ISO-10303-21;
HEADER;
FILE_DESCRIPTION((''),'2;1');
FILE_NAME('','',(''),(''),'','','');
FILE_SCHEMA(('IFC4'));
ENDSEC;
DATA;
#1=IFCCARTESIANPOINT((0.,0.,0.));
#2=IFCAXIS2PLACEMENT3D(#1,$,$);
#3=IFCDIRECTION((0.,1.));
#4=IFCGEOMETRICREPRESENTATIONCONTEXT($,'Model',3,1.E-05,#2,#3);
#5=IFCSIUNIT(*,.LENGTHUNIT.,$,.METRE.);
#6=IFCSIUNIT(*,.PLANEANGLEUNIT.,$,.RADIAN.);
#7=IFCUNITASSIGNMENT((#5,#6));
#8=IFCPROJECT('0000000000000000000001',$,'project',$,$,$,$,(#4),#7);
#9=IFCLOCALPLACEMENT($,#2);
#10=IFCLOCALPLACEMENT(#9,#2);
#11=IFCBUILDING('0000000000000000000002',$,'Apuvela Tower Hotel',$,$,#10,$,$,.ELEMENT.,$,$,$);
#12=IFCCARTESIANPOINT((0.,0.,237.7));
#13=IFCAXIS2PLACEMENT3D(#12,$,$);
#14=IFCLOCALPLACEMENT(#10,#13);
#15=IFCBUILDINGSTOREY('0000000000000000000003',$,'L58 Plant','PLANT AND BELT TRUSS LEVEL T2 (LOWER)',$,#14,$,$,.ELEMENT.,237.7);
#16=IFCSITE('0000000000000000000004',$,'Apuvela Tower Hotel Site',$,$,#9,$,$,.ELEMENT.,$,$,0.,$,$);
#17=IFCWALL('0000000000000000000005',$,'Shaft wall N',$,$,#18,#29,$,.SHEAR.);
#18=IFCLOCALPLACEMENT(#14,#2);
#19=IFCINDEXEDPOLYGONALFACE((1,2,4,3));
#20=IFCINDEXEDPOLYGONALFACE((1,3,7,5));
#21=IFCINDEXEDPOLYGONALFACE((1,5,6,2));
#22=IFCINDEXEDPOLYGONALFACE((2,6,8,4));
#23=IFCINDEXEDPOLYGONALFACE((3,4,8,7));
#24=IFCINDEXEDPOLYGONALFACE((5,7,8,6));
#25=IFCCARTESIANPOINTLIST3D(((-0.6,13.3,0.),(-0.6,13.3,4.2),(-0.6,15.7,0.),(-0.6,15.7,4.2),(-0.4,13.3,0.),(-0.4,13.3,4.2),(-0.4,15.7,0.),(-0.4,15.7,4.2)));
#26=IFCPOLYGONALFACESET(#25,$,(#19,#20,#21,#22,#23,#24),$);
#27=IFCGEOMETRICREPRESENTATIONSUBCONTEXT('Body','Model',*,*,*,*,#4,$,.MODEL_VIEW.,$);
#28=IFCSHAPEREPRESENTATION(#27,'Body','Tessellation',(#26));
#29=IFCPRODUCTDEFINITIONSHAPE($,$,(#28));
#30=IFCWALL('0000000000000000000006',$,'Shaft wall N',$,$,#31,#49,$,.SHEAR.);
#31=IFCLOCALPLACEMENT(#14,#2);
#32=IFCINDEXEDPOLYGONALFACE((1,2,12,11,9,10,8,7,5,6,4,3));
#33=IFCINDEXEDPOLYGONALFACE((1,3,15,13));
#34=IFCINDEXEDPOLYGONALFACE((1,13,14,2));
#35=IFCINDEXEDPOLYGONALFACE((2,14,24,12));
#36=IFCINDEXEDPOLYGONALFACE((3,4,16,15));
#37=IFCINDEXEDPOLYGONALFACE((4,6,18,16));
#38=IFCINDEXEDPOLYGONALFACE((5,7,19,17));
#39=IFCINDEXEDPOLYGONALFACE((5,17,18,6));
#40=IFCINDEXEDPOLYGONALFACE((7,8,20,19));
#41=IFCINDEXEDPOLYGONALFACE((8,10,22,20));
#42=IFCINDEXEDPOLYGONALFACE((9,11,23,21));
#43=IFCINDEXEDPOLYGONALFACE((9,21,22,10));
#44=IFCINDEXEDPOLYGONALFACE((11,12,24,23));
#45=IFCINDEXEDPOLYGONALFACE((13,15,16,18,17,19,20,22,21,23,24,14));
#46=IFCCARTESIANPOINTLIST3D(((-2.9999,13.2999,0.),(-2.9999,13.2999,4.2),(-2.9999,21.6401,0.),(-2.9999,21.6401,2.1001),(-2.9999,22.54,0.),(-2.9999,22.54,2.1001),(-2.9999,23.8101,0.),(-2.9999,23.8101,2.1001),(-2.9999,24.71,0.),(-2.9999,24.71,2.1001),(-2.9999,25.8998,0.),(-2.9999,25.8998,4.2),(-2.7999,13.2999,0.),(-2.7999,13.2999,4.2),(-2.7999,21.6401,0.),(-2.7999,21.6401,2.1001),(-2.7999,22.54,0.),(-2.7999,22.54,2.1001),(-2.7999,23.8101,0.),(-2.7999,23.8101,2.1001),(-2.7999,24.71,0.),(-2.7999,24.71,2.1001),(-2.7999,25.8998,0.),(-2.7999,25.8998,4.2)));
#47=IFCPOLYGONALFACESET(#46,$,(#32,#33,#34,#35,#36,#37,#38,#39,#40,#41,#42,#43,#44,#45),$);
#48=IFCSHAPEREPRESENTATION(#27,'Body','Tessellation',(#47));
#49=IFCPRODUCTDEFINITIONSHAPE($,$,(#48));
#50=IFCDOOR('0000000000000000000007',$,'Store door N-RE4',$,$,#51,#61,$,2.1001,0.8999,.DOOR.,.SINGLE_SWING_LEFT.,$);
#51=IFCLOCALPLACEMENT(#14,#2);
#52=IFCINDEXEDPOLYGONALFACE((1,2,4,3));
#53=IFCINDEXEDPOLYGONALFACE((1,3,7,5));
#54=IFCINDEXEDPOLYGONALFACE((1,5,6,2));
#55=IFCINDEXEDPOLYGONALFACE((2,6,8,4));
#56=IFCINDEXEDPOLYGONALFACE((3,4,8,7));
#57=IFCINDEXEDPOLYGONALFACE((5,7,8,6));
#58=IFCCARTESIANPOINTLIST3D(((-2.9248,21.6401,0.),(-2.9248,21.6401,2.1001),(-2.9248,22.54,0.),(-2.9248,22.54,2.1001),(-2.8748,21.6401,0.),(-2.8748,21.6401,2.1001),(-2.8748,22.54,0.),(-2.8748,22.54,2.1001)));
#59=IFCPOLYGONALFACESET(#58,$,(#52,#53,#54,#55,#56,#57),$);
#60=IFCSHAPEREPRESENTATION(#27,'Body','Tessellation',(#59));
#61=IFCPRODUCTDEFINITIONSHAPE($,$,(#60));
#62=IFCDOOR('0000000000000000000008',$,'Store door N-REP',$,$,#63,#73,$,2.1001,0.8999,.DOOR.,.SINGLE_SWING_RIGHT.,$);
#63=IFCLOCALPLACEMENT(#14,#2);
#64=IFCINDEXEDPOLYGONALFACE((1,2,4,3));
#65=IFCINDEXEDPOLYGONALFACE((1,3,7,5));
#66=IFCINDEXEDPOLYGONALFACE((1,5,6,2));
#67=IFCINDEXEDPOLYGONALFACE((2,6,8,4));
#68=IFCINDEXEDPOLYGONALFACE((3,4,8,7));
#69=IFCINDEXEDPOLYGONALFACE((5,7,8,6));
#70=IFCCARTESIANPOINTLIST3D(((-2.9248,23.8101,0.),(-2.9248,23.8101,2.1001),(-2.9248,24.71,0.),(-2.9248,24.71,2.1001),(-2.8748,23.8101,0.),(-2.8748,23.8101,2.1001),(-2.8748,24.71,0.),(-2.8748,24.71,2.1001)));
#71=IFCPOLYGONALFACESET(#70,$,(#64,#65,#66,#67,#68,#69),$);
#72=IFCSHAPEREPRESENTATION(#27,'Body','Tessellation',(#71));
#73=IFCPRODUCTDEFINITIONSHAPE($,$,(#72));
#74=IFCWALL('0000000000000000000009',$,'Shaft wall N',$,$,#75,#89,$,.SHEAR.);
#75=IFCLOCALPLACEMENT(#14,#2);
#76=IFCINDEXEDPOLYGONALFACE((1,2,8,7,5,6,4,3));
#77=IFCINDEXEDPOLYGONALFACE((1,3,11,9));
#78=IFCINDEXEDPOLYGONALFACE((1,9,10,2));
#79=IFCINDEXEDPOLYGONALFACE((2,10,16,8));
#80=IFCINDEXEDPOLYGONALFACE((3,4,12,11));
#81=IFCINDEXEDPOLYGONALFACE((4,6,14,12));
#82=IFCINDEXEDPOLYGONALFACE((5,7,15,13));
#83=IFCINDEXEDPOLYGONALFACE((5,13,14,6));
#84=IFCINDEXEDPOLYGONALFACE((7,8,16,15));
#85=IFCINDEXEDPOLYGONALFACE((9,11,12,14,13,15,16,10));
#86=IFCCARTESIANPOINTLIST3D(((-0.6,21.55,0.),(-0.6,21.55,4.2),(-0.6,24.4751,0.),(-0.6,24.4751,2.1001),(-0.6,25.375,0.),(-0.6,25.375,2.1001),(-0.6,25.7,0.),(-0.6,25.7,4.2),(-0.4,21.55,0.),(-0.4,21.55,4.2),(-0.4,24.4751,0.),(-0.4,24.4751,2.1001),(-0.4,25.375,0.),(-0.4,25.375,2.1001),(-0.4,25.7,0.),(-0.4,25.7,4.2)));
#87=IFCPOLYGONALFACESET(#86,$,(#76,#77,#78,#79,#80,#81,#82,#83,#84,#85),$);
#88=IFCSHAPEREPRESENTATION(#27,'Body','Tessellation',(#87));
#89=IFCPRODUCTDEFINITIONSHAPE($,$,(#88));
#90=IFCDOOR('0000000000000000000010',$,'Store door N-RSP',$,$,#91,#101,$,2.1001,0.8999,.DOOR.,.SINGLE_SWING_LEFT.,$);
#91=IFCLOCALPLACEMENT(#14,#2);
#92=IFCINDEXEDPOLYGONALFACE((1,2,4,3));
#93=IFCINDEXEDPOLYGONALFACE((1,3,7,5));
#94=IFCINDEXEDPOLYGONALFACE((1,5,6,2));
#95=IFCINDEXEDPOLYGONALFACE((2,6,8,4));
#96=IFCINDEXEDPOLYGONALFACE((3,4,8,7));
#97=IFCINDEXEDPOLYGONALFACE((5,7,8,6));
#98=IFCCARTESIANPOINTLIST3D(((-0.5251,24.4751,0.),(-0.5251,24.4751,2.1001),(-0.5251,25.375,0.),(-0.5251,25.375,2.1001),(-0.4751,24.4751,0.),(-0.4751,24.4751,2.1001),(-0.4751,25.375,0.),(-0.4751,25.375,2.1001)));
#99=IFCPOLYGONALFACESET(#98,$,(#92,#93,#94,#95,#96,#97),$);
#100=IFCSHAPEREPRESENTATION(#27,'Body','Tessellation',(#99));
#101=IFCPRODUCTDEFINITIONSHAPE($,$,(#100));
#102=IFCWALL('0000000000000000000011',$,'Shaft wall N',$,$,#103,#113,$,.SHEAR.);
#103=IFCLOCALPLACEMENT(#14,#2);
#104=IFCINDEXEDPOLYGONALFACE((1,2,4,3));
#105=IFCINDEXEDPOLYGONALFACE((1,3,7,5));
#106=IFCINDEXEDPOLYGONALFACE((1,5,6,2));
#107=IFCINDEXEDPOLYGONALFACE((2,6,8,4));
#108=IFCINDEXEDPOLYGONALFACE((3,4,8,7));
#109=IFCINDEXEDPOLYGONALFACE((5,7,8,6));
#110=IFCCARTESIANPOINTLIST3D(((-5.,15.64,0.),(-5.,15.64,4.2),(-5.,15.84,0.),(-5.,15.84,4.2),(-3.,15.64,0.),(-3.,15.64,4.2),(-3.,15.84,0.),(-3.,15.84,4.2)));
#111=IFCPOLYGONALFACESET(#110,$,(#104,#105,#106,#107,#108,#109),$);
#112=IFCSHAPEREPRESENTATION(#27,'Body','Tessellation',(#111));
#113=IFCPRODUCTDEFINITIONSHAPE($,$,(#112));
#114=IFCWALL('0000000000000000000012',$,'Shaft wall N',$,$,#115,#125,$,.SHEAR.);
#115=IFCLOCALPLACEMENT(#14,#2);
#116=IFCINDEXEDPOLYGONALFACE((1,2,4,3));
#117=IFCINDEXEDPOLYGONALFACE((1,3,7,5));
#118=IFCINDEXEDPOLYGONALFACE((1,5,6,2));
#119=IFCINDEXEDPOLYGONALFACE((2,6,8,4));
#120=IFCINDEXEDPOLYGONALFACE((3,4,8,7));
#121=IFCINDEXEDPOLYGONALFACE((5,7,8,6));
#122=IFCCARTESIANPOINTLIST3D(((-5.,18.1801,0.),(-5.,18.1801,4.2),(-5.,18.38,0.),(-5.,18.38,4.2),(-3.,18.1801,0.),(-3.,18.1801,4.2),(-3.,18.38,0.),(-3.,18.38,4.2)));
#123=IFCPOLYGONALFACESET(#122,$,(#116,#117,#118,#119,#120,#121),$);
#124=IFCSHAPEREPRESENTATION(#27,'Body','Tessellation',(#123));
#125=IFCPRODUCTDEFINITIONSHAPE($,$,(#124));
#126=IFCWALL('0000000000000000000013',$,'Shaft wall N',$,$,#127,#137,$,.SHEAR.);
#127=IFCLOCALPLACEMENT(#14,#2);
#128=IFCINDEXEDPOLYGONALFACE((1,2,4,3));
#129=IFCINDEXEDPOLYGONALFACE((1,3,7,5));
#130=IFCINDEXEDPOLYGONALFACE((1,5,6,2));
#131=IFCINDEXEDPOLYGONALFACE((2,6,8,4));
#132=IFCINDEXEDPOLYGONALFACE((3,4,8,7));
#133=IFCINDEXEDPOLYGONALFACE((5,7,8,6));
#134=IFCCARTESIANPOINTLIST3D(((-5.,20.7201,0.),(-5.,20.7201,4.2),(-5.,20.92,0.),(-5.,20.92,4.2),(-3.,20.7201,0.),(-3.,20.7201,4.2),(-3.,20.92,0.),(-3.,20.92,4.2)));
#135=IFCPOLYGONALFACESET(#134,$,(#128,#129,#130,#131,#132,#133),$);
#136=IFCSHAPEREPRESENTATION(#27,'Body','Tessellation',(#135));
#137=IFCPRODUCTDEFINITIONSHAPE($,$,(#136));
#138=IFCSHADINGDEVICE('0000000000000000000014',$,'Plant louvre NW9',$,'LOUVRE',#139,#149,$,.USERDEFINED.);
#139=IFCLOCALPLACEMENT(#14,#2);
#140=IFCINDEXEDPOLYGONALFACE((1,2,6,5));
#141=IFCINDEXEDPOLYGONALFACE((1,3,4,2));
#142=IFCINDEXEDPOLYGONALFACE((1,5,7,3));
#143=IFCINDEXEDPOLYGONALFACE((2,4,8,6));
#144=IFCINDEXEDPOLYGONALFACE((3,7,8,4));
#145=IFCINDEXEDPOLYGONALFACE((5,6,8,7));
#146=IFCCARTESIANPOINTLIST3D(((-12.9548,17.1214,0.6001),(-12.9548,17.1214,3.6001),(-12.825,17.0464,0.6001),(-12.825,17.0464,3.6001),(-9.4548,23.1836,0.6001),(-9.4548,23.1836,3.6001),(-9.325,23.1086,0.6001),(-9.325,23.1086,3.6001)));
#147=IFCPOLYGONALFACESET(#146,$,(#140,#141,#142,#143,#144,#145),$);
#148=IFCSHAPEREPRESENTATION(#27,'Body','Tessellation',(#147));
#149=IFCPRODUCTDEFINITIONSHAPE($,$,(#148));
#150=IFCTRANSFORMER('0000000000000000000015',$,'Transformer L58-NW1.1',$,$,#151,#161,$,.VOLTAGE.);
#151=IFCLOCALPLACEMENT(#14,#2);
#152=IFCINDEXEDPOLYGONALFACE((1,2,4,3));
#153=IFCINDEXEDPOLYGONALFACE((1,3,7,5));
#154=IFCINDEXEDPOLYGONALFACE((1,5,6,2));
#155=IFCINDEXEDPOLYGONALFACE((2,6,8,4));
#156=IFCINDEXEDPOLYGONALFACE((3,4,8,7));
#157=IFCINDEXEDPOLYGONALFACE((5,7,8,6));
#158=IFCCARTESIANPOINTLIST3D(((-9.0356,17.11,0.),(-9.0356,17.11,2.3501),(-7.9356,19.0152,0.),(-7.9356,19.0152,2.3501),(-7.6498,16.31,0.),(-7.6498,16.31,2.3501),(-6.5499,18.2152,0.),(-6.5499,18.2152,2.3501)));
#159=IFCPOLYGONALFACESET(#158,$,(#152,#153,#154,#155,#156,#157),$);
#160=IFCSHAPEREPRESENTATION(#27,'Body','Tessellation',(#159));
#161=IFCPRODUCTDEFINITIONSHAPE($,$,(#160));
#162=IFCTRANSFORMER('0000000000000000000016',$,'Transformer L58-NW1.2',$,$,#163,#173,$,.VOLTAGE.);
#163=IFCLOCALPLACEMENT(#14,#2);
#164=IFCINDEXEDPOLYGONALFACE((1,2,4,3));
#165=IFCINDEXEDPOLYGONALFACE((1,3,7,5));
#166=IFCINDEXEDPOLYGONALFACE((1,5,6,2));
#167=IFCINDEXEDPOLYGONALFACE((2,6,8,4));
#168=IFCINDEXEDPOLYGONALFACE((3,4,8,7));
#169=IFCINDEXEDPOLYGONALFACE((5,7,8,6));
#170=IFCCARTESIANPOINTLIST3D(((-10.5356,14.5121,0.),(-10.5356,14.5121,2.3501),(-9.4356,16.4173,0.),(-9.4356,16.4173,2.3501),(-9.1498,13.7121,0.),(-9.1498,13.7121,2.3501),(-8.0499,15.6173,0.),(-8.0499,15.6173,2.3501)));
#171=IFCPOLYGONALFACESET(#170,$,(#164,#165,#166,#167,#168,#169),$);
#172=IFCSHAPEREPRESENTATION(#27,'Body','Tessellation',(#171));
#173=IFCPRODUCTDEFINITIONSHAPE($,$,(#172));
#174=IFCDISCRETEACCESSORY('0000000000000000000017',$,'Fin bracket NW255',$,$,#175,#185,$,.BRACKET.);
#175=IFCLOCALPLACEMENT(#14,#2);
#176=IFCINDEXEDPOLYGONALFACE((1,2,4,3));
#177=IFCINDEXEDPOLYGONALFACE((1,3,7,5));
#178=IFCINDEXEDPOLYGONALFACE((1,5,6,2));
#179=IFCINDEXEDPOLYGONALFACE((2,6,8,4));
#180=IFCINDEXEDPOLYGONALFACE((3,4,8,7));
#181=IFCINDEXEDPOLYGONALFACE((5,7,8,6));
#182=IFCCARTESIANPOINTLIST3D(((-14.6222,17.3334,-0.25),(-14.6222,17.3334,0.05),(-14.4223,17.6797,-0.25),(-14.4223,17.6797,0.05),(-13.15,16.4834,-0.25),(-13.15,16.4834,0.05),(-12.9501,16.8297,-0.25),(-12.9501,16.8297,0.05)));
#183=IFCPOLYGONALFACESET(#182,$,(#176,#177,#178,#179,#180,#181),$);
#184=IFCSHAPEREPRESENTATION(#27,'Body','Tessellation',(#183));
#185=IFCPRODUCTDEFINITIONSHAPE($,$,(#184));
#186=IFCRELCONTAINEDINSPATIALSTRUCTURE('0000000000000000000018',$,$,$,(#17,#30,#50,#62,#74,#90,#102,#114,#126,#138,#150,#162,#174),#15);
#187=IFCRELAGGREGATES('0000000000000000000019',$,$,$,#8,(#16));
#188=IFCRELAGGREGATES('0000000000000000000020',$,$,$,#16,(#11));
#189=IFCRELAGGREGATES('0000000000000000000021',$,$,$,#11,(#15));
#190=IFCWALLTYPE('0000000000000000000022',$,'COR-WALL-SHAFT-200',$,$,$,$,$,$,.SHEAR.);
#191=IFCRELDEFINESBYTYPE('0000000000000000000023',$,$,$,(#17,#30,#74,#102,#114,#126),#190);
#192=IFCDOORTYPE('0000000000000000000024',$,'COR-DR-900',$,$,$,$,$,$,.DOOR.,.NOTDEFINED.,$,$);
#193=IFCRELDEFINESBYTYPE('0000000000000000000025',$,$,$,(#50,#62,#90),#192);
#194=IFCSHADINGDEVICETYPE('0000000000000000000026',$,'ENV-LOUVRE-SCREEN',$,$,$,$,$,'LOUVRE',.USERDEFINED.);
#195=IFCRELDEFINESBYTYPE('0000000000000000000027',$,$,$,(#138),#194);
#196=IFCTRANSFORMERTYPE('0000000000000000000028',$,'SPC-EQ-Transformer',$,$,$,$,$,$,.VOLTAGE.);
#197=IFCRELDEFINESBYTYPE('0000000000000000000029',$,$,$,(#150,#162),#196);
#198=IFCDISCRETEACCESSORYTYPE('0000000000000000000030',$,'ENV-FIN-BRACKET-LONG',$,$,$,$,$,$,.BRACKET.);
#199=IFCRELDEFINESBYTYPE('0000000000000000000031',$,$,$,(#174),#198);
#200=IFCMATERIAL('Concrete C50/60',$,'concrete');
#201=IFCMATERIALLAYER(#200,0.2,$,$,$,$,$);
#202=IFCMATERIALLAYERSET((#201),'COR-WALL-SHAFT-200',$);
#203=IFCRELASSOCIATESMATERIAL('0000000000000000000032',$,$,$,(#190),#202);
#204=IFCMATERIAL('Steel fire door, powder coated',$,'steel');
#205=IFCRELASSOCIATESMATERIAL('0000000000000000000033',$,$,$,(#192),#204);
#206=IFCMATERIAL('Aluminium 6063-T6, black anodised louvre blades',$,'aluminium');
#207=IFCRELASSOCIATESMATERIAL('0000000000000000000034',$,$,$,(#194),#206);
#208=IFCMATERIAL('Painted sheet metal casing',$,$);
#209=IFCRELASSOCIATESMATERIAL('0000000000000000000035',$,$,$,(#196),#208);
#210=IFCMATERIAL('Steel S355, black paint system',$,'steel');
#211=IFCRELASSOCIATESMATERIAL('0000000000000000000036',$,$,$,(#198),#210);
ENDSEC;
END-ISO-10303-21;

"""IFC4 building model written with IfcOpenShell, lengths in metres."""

from ifc_helpers import new_model, si_unit, direction, frame, frame_2d, origin, origin_2d, place, context, subcontext, project, spatial, rectangle, extrude, material, layer, layer_set, type_object, element, fill, save


model = new_model("IFC4")

# Units and contexts
model_context = context("Model", 3, precision=1e-05, world=origin(), true_north=direction((0.0, 1.0)))
body_context = subcontext(model_context, "Body", "Model", "MODEL_VIEW")
ifc_project = project(units=[si_unit("LENGTHUNIT", "METRE"), si_unit("PLANEANGLEUNIT", "RADIAN")], contexts=[model_context])

# Site, building, storey
site_placement = place(None, origin())
site = spatial("IfcSite", under=ifc_project, at=site_placement, Name="Apuvela Tower Hotel Site", CompositionType="ELEMENT", RefElevation=0.0)
building_placement = place(site_placement, origin())
building = spatial("IfcBuilding", under=site, at=building_placement, Name="Apuvela Tower Hotel", CompositionType="ELEMENT")
storey_placement = place(building_placement, frame((0.0, 0.0, 237.7)))
storey = spatial("IfcBuildingStorey", under=building, at=storey_placement, Name="L58 Plant", Description="PLANT AND BELT TRUSS LEVEL T2 (LOWER)", CompositionType="ELEMENT", Elevation=237.7)

# Wall
ifc_material_1 = material(Name="Concrete C50/60", Category="concrete")
ifc_layer_1 = layer(ifc_material_1, 0.2)
ifc_layer_set_1 = layer_set([ifc_layer_1], Name="COR-WALL-SHAFT-200")
wall_type = type_object("IfcWallType", Name="COR-WALL-SHAFT-200", PredefinedType="SHEAR", material=ifc_layer_set_1)
wall_1_placement = place(storey_placement, frame((-0.5, 13.3, 0.0), z_axis=(0.0, 0.0, 1.0), x_axis=(0.0, 1.0, 0.0)))
element("IfcWall", 1, at=wall_1_placement, inside=storey, type_object=wall_type, Name="Shaft wall N", PredefinedType="SHEAR", context=body_context, shape_type="SweptSolid", body=[
    extrude(rectangle(XDim=2.3999, YDim=0.2, at=frame_2d((1.2, 0.0))), origin(), (0.0, 0.0, 1.0), 4.2),
])

# Wall, openings, doors
wall_2_placement = place(storey_placement, frame((-2.8999, 13.3, 0.0), z_axis=(0.0, 0.0, 1.0), x_axis=(0.0, 1.0, 0.0)))
wall_2 = element("IfcWall", 2, at=wall_2_placement, inside=storey, type_object=wall_type, Name="Shaft wall N", PredefinedType="SHEAR", context=body_context, shape_type="SweptSolid", body=[
    extrude(rectangle(XDim=12.5999, YDim=0.2, at=frame_2d((6.2998, 0.0))), origin(), (0.0, 0.0, 1.0), 4.2),
])
opening_1_placement = place(wall_2_placement, frame((8.3401, 0.0, 0.0)))
opening_1 = element("IfcOpeningElement", 3, at=opening_1_placement, cuts=wall_2, PredefinedType="OPENING", context=body_context, shape_type="SweptSolid", body=[
    extrude(rectangle(XDim=0.8999, YDim=2.1001, at=frame_2d((0.45, 1.05))), frame((0.0, 0.1099, 0.0), z_axis=(0.0, -1.0, 0.0), x_axis=(1.0, 0.0, 0.0)), (0.0, 0.0, 1.0), 0.22),
])
opening_2_placement = place(wall_2_placement, frame((10.51, 0.0, 0.0)))
opening_2 = element("IfcOpeningElement", 4, at=opening_2_placement, cuts=wall_2, PredefinedType="OPENING", context=body_context, shape_type="SweptSolid", body=[
    extrude(rectangle(XDim=0.8999, YDim=2.1001, at=frame_2d((0.45, 1.05))), frame((0.0, 0.1099, 0.0), z_axis=(0.0, -1.0, 0.0), x_axis=(1.0, 0.0, 0.0)), (0.0, 0.0, 1.0), 0.22),
])
ifc_material_2 = material(Name="Steel fire door, powder coated", Category="steel")
door_type = type_object("IfcDoorType", Name="COR-DR-900", OperationType="NOTDEFINED", PredefinedType="DOOR", material=ifc_material_2)
door_1_placement = place(opening_1_placement, origin())
door_1 = element("IfcDoor", 5, at=door_1_placement, inside=storey, type_object=door_type, Name="Store door N-RE4", OperationType="SINGLE_SWING_LEFT", OverallHeight=2.1001, OverallWidth=0.8999, PredefinedType="DOOR", context=body_context, shape_type="SweptSolid", body=[
    extrude(rectangle(XDim=0.8999, YDim=2.1001, at=frame_2d((0.45, 1.05))), frame((0.0, 0.0249, 0.0), z_axis=(0.0, -1.0, 0.0), x_axis=(1.0, 0.0, 0.0)), (0.0, 0.0, 1.0), 0.05),
])
fill(opening_1, door_1)
door_2_placement = place(opening_2_placement, origin())
door_2 = element("IfcDoor", 6, at=door_2_placement, inside=storey, type_object=door_type, Name="Store door N-REP", OperationType="SINGLE_SWING_RIGHT", OverallHeight=2.1001, OverallWidth=0.8999, PredefinedType="DOOR", context=body_context, shape_type="SweptSolid", body=[
    extrude(rectangle(XDim=0.8999, YDim=2.1001, at=frame_2d((0.45, 1.05))), frame((0.0, 0.0249, 0.0), z_axis=(0.0, -1.0, 0.0), x_axis=(1.0, 0.0, 0.0)), (0.0, 0.0, 1.0), 0.05),
])
fill(opening_2, door_2)

# Wall, opening, door
wall_3_placement = place(storey_placement, frame((-0.5, 21.55, 0.0), z_axis=(0.0, 0.0, 1.0), x_axis=(0.0, 1.0, 0.0)))
wall_3 = element("IfcWall", 7, at=wall_3_placement, inside=storey, type_object=wall_type, Name="Shaft wall N", PredefinedType="SHEAR", context=body_context, shape_type="SweptSolid", body=[
    extrude(rectangle(XDim=4.1499, YDim=0.2, at=frame_2d((2.075, 0.0))), origin(), (0.0, 0.0, 1.0), 4.2),
])
opening_3_placement = place(wall_3_placement, frame((2.925, 0.0, 0.0)))
opening_3 = element("IfcOpeningElement", 8, at=opening_3_placement, cuts=wall_3, PredefinedType="OPENING", context=body_context, shape_type="SweptSolid", body=[
    extrude(rectangle(XDim=0.8999, YDim=2.1001, at=frame_2d((0.45, 1.05))), frame((0.0, 0.1099, 0.0), z_axis=(0.0, -1.0, 0.0), x_axis=(1.0, 0.0, 0.0)), (0.0, 0.0, 1.0), 0.22),
])
door_3_placement = place(opening_3_placement, frame((0.8999, 0.0, 0.0), z_axis=(0.0, 0.0, 1.0), x_axis=(-1.0, 0.0, 0.0)))
door_3 = element("IfcDoor", 9, at=door_3_placement, inside=storey, type_object=door_type, Name="Store door N-RSP", OperationType="SINGLE_SWING_LEFT", OverallHeight=2.1001, OverallWidth=0.8999, PredefinedType="DOOR", context=body_context, shape_type="SweptSolid", body=[
    extrude(rectangle(XDim=0.8999, YDim=2.1001, at=frame_2d((0.45, 1.05))), frame((0.0, 0.0249, 0.0), z_axis=(0.0, -1.0, 0.0), x_axis=(1.0, 0.0, 0.0)), (0.0, 0.0, 1.0), 0.05),
])
fill(opening_3, door_3)

# Walls
for number, where, z_axis, x_axis, name in (
    (10, (-3.0, 15.74, 0.0), (0.0, 0.0, 1.0), (-1.0, 0.0, 0.0), "Shaft wall N"),
    (11, (-3.0, 18.28, 0.0), (0.0, 0.0, 1.0), (-1.0, 0.0, 0.0), "Shaft wall N"),
    (12, (-3.0, 20.8201, 0.0), (0.0, 0.0, 1.0), (-1.0, 0.0, 0.0), "Shaft wall N"),
):
    element("IfcWall", number, at=place(storey_placement, frame(where, z_axis=z_axis, x_axis=x_axis)), inside=storey, type_object=wall_type, Name=name, PredefinedType="SHEAR", context=body_context, shape_type="SweptSolid", body=[
        extrude(rectangle(XDim=2.0, YDim=0.2, at=frame_2d((1.0, 0.0))), origin(), (0.0, 0.0, 1.0), 4.2),
    ])

# Shading device
ifc_material_3 = material(Name="Aluminium 6063-T6, black anodised louvre blades", Category="aluminium")
shading_device_type = type_object("IfcShadingDeviceType", Name="ENV-LOUVRE-SCREEN", ElementType="LOUVRE", PredefinedType="USERDEFINED", material=ifc_material_3)
shading_device_placement = place(storey_placement, frame((-11.1399, 20.115, 0.6001), z_axis=(0.0, 0.0, 1.0), x_axis=(-0.5, -0.866025, 0.0)))
element("IfcShadingDevice", 13, at=shading_device_placement, inside=storey, type_object=shading_device_type, Name="Plant louvre NW9", ObjectType="LOUVRE", PredefinedType="USERDEFINED", context=body_context, shape_type="SweptSolid", body=[
    extrude(rectangle(XDim=7.0, YDim=0.1499, at=origin_2d()), origin(), (0.0, 0.0, 1.0), 3.0),
])

# Transformers
ifc_material_4 = material(Name="Painted sheet metal casing")
transformer_type = type_object("IfcTransformerType", Name="SPC-EQ-Transformer", PredefinedType="VOLTAGE", material=ifc_material_4)
for number, where, z_axis, x_axis, name in (
    (14, (-7.7927, 17.6626, 0.0), (0.0, 0.0, 1.0), (-0.5, -0.866025, 0.0), "Transformer L58-NW1.1"),
    (15, (-9.2927, 15.0647, 0.0), (0.0, 0.0, 1.0), (-0.5, -0.866025, 0.0), "Transformer L58-NW1.2"),
):
    element("IfcTransformer", number, at=place(storey_placement, frame(where, z_axis=z_axis, x_axis=x_axis)), inside=storey, type_object=transformer_type, Name=name, PredefinedType="VOLTAGE", context=body_context, shape_type="SweptSolid", body=[
        extrude(rectangle(XDim=2.2, YDim=1.6001, at=origin_2d()), origin(), (0.0, 0.0, 1.0), 2.3501),
    ])

# Discrete accessory
ifc_material_5 = material(Name="Steel S355, black paint system", Category="steel")
discrete_accessory_type_1 = type_object("IfcDiscreteAccessoryType", Name="ENV-FIN-BRACKET-LONG", PredefinedType="BRACKET", material=ifc_material_5)
discrete_accessory_placement = place(storey_placement, frame((-13.7861, 17.0815, -0.25), z_axis=(0.0, 0.0, 1.0), x_axis=(-0.5, -0.866025, 0.0)))
element("IfcDiscreteAccessory", 16, at=discrete_accessory_placement, inside=storey, type_object=discrete_accessory_type_1, Name="Fin bracket NW255", PredefinedType="BRACKET", context=body_context, shape_type="SweptSolid", body=[
    extrude(rectangle(XDim=0.3999, YDim=1.7, at=origin_2d()), origin(), (0.0, 0.0, 1.0), 0.3),
])

save(model, "model.ifc")
